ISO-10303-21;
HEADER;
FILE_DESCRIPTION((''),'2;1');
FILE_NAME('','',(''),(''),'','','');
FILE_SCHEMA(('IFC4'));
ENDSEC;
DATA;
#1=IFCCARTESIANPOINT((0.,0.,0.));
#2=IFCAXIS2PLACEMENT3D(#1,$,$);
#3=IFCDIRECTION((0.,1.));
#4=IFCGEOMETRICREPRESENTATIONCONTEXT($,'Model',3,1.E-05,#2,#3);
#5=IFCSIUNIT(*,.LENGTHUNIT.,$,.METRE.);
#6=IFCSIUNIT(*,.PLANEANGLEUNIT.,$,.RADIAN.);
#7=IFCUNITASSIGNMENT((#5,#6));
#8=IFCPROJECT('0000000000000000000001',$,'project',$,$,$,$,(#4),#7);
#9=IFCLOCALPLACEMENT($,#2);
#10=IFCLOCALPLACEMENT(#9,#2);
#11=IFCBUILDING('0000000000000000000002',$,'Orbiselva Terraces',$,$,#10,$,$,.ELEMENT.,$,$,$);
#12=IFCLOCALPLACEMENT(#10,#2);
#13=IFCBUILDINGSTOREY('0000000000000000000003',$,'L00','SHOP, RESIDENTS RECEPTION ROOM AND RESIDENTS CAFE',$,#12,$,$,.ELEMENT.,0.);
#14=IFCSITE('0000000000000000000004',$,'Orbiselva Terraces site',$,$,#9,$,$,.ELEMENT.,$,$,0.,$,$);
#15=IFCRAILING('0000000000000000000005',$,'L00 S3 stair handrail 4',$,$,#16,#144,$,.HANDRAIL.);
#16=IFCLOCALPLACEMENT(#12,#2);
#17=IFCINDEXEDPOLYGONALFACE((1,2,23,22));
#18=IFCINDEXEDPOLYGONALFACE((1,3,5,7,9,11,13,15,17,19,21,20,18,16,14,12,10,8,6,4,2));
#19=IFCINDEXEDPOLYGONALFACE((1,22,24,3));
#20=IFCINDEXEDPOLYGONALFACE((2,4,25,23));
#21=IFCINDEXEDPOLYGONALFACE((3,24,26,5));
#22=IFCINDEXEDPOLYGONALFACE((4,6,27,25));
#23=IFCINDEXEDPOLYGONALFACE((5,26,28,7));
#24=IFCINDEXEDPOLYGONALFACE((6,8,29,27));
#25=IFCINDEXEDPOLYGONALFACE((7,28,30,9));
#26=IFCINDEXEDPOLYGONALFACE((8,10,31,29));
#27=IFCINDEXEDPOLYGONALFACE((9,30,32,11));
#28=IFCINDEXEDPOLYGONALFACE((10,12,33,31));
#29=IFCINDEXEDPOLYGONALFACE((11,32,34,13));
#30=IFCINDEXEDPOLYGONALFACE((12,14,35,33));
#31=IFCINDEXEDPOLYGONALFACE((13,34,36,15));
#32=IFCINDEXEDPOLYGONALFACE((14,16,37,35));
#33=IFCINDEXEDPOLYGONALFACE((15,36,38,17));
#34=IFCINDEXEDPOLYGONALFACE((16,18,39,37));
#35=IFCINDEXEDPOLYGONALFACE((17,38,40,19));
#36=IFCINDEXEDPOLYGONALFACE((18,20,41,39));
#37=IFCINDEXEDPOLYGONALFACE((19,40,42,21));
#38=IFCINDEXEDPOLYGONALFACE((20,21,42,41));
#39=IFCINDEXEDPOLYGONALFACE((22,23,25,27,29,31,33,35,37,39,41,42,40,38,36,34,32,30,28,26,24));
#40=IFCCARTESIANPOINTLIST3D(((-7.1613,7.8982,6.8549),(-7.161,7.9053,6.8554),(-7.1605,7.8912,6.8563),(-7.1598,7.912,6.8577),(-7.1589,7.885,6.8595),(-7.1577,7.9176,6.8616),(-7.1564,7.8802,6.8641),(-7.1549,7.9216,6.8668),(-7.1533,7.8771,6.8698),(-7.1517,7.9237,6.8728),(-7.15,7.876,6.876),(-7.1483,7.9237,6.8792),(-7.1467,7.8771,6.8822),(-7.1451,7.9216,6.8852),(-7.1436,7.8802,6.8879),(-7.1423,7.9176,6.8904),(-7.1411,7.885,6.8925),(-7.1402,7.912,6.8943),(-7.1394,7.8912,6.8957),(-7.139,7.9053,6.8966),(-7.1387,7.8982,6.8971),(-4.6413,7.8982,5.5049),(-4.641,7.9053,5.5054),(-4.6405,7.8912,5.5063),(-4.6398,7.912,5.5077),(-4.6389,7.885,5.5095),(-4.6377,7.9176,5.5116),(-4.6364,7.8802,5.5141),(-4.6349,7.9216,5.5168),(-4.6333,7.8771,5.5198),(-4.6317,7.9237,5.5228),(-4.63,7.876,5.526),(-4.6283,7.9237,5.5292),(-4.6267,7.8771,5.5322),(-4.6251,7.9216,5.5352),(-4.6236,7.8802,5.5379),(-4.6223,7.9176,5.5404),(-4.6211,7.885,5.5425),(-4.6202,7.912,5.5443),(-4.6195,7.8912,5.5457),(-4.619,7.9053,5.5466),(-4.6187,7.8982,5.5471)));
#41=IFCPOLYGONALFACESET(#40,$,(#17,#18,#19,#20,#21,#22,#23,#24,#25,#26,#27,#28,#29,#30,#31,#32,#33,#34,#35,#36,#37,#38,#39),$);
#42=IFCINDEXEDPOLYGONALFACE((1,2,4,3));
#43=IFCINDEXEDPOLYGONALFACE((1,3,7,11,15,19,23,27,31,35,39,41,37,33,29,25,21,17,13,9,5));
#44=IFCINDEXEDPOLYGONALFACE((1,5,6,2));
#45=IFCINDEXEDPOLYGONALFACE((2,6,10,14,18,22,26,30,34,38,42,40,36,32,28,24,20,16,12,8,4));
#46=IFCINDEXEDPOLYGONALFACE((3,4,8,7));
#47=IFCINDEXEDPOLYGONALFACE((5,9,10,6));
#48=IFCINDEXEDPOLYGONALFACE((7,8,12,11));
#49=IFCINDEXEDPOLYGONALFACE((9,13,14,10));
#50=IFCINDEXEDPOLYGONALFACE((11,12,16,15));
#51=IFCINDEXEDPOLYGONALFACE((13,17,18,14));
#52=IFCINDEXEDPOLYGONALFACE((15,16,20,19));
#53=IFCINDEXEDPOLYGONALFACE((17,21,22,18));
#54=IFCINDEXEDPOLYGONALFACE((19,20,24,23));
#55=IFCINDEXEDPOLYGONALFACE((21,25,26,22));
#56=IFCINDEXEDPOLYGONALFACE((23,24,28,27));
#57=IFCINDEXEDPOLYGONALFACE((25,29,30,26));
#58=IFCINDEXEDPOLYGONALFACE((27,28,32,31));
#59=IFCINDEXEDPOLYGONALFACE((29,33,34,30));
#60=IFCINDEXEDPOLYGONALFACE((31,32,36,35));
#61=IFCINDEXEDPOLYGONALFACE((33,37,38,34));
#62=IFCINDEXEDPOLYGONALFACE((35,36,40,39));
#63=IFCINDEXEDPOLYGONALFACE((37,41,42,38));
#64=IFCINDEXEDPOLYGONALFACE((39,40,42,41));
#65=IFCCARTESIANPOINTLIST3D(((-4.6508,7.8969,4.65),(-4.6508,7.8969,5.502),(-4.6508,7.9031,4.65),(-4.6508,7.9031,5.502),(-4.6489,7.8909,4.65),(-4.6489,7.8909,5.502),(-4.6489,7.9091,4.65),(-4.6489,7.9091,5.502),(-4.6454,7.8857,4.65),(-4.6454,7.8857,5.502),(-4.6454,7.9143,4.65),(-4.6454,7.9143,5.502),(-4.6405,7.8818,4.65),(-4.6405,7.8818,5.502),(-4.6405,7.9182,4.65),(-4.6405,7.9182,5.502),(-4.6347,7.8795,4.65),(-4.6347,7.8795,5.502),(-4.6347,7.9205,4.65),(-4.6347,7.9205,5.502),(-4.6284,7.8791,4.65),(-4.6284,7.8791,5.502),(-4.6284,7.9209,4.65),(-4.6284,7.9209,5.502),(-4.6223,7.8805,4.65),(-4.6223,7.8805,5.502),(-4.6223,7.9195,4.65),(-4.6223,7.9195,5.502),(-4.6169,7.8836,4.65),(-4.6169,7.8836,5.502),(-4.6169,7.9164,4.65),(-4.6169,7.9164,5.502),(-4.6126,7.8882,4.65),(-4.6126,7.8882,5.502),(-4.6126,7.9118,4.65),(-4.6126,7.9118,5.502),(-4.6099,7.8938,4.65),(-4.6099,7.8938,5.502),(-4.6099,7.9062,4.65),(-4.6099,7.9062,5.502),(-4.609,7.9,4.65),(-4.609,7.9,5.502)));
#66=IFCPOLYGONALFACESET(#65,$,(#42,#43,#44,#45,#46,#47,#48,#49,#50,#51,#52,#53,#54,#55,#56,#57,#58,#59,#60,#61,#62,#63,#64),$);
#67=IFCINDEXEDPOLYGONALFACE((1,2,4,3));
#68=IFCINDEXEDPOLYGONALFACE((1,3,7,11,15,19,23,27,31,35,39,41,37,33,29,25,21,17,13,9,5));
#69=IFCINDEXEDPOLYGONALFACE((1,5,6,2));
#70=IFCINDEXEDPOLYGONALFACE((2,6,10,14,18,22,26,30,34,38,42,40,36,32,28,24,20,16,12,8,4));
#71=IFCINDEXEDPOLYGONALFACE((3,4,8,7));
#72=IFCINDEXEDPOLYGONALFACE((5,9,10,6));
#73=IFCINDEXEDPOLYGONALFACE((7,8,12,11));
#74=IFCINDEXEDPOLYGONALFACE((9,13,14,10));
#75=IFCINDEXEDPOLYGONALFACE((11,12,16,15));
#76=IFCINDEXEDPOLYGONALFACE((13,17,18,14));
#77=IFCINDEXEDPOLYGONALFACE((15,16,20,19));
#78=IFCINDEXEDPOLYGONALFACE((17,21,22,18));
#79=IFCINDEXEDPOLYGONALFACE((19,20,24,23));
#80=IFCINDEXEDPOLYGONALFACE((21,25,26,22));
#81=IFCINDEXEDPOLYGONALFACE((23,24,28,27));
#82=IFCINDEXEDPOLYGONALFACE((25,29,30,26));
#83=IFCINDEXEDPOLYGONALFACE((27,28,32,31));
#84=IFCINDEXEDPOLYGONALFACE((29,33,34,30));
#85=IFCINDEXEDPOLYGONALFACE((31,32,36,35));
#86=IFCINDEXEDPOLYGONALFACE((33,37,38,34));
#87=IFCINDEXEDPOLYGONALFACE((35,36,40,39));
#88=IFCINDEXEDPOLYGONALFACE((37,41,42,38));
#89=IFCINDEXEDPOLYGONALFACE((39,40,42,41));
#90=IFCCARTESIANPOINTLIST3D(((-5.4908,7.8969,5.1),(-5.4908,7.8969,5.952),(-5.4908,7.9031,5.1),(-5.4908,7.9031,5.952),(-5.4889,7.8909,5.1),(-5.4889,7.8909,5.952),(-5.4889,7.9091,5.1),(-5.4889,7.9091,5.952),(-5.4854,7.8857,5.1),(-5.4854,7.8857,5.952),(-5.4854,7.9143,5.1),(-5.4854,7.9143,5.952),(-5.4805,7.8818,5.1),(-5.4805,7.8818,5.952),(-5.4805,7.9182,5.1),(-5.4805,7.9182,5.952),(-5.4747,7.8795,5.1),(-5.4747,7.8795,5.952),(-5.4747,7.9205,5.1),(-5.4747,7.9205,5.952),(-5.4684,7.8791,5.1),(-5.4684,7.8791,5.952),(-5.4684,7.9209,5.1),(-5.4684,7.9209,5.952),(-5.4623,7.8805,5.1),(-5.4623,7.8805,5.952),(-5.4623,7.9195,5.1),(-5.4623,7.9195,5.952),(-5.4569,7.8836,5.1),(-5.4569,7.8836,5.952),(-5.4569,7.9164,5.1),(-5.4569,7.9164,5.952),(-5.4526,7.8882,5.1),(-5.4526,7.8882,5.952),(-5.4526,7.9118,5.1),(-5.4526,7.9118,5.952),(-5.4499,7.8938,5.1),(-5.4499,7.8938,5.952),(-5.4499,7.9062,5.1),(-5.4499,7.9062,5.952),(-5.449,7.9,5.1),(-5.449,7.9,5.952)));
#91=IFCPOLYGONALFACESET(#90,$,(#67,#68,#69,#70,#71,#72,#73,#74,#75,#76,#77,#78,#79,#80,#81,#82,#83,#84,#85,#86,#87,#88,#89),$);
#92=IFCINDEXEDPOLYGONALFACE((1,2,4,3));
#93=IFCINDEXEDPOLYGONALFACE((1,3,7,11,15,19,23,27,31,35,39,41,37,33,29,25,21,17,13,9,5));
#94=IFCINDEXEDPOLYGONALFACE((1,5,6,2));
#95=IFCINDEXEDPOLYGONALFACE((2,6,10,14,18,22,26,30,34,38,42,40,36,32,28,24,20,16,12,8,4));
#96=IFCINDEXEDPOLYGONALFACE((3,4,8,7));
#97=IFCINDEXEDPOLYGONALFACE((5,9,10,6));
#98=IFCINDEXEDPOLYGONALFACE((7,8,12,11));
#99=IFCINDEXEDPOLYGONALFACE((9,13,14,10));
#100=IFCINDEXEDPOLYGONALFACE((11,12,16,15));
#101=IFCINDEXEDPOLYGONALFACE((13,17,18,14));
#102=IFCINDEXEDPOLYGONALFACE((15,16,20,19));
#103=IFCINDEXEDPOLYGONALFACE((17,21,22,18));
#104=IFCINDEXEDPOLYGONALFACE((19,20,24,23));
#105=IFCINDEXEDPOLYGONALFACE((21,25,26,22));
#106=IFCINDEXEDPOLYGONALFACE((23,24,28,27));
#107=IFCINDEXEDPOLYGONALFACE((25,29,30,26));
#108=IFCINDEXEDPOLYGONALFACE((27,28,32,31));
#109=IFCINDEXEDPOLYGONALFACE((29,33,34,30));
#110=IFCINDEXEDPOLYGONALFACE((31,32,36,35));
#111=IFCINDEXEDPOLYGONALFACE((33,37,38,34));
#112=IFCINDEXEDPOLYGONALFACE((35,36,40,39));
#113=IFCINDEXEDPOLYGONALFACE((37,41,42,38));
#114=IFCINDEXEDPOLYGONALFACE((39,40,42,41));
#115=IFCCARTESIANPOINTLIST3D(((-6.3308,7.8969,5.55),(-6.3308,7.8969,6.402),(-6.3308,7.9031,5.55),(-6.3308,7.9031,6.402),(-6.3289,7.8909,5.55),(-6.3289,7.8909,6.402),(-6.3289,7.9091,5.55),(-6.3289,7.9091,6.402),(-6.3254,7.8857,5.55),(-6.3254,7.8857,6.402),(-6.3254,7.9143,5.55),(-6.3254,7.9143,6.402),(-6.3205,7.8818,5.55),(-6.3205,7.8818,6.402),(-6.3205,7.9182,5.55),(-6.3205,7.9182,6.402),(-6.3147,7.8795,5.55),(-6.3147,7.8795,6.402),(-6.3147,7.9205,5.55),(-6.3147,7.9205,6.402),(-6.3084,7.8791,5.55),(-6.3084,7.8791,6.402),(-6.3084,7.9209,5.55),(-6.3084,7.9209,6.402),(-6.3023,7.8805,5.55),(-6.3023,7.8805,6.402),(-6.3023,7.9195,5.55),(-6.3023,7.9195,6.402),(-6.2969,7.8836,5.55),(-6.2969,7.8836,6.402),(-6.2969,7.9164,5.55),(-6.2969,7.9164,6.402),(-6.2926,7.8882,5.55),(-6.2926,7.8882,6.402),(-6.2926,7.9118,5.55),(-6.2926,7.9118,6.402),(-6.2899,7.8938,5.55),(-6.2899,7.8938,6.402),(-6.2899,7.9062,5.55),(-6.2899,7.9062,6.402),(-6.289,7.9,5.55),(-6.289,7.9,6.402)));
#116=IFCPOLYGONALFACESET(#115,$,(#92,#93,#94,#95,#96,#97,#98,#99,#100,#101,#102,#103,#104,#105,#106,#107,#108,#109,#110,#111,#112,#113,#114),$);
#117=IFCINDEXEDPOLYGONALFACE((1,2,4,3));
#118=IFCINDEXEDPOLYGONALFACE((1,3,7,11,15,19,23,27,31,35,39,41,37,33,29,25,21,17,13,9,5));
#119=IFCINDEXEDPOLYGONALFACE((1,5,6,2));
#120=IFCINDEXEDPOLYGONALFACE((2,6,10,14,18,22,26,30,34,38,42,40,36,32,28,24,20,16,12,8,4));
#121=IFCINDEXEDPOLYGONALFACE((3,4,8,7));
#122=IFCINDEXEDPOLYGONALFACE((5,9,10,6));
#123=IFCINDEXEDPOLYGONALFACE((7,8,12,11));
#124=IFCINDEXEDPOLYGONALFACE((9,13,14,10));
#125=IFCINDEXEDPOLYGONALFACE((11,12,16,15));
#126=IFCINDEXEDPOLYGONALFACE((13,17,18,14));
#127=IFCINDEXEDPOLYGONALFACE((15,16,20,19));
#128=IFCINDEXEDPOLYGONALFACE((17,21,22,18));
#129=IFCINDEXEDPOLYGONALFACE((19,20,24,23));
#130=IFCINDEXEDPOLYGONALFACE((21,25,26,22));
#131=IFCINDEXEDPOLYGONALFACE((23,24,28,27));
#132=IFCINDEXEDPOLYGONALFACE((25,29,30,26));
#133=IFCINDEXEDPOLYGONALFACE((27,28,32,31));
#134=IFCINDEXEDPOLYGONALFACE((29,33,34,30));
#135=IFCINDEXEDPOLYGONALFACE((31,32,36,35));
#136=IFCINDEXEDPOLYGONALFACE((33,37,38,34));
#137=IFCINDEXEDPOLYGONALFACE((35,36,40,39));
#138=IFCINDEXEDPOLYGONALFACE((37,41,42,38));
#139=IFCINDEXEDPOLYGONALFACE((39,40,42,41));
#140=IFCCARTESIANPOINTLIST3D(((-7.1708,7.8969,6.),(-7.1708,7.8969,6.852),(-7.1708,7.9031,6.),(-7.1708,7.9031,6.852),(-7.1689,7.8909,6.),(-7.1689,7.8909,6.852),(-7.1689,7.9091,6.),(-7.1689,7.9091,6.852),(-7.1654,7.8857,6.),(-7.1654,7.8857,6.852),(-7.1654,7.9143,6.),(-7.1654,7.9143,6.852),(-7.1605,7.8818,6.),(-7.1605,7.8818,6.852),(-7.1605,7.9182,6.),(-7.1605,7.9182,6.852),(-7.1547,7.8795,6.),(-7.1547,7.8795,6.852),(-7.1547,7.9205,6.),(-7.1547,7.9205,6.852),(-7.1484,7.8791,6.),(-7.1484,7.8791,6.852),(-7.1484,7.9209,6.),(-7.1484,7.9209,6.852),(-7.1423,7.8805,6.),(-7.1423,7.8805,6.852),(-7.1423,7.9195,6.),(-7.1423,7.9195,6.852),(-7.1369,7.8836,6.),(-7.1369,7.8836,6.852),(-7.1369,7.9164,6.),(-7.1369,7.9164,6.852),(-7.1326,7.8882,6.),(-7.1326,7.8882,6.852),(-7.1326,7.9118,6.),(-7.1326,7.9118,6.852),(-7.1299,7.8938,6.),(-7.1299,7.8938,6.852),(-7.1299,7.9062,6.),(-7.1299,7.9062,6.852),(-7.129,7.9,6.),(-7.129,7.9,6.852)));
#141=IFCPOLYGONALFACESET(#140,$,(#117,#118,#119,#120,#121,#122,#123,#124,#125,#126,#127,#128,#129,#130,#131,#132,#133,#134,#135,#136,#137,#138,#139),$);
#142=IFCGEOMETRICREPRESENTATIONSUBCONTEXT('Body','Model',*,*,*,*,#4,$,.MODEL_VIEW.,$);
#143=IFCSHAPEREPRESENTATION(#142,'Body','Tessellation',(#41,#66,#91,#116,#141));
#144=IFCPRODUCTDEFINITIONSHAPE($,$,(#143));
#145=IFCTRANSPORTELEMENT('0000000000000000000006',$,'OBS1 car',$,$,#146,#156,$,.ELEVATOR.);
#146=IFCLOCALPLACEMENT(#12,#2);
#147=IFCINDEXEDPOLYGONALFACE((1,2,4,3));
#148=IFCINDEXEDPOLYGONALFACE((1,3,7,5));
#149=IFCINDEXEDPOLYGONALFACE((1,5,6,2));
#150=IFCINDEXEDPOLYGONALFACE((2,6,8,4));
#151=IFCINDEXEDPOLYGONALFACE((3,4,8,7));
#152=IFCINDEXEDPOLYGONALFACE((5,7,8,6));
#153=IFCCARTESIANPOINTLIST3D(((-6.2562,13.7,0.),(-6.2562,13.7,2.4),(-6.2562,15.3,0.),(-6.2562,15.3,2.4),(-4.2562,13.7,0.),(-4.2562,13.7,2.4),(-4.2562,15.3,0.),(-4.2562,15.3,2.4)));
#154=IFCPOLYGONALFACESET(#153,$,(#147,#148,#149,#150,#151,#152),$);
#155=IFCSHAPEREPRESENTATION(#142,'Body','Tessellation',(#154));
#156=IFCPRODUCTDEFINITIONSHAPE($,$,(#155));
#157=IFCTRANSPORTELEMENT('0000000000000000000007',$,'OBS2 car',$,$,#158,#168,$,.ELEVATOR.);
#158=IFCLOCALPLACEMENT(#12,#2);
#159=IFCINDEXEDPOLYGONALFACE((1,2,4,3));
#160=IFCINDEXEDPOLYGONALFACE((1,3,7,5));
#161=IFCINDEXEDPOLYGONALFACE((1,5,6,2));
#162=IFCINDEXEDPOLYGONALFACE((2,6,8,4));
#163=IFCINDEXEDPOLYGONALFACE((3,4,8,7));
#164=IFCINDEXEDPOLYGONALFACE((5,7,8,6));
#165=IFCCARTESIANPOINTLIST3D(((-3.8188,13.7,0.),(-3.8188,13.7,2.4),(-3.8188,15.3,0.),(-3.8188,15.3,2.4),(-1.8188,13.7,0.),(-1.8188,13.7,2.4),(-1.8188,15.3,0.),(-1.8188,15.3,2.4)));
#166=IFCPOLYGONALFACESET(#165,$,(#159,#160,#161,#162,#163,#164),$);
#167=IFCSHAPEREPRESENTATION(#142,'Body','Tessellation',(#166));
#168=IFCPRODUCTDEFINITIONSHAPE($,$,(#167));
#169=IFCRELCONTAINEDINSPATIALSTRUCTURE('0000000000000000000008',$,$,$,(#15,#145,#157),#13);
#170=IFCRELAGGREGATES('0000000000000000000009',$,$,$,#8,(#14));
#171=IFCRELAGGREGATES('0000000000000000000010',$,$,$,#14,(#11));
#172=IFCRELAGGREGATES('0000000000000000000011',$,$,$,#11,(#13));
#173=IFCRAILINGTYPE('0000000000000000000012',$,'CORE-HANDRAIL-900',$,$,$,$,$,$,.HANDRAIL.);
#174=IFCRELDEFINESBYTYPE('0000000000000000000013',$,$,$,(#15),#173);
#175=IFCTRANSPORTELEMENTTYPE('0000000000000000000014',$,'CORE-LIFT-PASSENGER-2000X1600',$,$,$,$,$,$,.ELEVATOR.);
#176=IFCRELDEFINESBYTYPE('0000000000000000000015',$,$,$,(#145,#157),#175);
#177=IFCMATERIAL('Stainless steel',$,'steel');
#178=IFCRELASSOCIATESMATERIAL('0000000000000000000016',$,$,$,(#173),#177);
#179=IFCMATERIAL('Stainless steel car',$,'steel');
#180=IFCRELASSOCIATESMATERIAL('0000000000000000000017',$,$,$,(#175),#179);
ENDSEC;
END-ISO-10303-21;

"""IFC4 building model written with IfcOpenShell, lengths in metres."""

from ifc_helpers import new_model, si_unit, direction, frame, origin, origin_2d, place, context, subcontext, project, spatial, rectangle, circle, extrude, material, type_object, element, save


model = new_model("IFC4")

# Units and contexts
model_context = context("Model", 3, precision=1e-05, world=origin(), true_north=direction((0.0, 1.0)))
body_context = subcontext(model_context, "Body", "Model", "MODEL_VIEW")
ifc_project = project(units=[si_unit("LENGTHUNIT", "METRE"), si_unit("PLANEANGLEUNIT", "RADIAN")], contexts=[model_context])

# Site, building, storey
site_placement = place(None, origin())
site = spatial("IfcSite", under=ifc_project, at=site_placement, Name="Orbiselva Terraces site", CompositionType="ELEMENT", RefElevation=0.0)
building_placement = place(site_placement, origin())
building = spatial("IfcBuilding", under=site, at=building_placement, Name="Orbiselva Terraces", CompositionType="ELEMENT")
storey_placement = place(building_placement, origin())
storey = spatial("IfcBuildingStorey", under=building, at=storey_placement, Name="L00", Description="SHOP, RESIDENTS RECEPTION ROOM AND RESIDENTS CAFE", CompositionType="ELEMENT", Elevation=0.0)

# Railing
ifc_material_1 = material(Name="Stainless steel", Category="steel")
railing_type_1 = type_object("IfcRailingType", Name="CORE-HANDRAIL-900", PredefinedType="HANDRAIL", material=ifc_material_1)
railing_1_placement = place(storey_placement, frame((-4.63, 7.9, 4.65)))
element("IfcRailing", 1, at=railing_1_placement, inside=storey, type_object=railing_type_1, Name="L00 S3 stair handrail 4", PredefinedType="HANDRAIL", context=body_context, shape_type="SweptSolid", body=[
    extrude(circle(Radius=0.024, at=origin_2d()), frame((0.0, 0.0, 0.876), z_axis=(-0.88148, 0.0, 0.472221), x_axis=(0.0, -1.0, 0.0)), (0.0, 0.0, 1.0), 2.8588),
    extrude(circle(Radius=0.021, at=origin_2d()), origin(), (0.0, 0.0, 1.0), 0.852),
    extrude(circle(Radius=0.021, at=origin_2d()), frame((-0.84, 0.0, 0.45)), (0.0, 0.0, 1.0), 0.852),
    extrude(circle(Radius=0.021, at=origin_2d()), frame((-1.68, 0.0, 0.9)), (0.0, 0.0, 1.0), 0.852),
    extrude(circle(Radius=0.021, at=origin_2d()), frame((-2.52, 0.0, 1.35)), (0.0, 0.0, 1.0), 0.852),
])

# Transport elements
ifc_material_2 = material(Name="Stainless steel car", Category="steel")
transport_element_type = type_object("IfcTransportElementType", Name="CORE-LIFT-PASSENGER-2000X1600", PredefinedType="ELEVATOR", material=ifc_material_2)
for number, where, z_axis, x_axis, name in (
    (2, (-5.2562, 14.5, 0.0), (0.0, 0.0, 1.0), (1.0, 0.0, 0.0), "OBS1 car"),
    (3, (-2.8188, 14.5, 0.0), (0.0, 0.0, 1.0), (1.0, 0.0, 0.0), "OBS2 car"),
):
    element("IfcTransportElement", number, at=place(storey_placement, frame(where, z_axis=z_axis, x_axis=x_axis)), inside=storey, type_object=transport_element_type, Name=name, PredefinedType="ELEVATOR", context=body_context, shape_type="SweptSolid", body=[
        extrude(rectangle(XDim=2.0, YDim=1.6, at=origin_2d()), origin(), (0.0, 0.0, 1.0), 2.4),
    ])

save(model, "model.ifc")
